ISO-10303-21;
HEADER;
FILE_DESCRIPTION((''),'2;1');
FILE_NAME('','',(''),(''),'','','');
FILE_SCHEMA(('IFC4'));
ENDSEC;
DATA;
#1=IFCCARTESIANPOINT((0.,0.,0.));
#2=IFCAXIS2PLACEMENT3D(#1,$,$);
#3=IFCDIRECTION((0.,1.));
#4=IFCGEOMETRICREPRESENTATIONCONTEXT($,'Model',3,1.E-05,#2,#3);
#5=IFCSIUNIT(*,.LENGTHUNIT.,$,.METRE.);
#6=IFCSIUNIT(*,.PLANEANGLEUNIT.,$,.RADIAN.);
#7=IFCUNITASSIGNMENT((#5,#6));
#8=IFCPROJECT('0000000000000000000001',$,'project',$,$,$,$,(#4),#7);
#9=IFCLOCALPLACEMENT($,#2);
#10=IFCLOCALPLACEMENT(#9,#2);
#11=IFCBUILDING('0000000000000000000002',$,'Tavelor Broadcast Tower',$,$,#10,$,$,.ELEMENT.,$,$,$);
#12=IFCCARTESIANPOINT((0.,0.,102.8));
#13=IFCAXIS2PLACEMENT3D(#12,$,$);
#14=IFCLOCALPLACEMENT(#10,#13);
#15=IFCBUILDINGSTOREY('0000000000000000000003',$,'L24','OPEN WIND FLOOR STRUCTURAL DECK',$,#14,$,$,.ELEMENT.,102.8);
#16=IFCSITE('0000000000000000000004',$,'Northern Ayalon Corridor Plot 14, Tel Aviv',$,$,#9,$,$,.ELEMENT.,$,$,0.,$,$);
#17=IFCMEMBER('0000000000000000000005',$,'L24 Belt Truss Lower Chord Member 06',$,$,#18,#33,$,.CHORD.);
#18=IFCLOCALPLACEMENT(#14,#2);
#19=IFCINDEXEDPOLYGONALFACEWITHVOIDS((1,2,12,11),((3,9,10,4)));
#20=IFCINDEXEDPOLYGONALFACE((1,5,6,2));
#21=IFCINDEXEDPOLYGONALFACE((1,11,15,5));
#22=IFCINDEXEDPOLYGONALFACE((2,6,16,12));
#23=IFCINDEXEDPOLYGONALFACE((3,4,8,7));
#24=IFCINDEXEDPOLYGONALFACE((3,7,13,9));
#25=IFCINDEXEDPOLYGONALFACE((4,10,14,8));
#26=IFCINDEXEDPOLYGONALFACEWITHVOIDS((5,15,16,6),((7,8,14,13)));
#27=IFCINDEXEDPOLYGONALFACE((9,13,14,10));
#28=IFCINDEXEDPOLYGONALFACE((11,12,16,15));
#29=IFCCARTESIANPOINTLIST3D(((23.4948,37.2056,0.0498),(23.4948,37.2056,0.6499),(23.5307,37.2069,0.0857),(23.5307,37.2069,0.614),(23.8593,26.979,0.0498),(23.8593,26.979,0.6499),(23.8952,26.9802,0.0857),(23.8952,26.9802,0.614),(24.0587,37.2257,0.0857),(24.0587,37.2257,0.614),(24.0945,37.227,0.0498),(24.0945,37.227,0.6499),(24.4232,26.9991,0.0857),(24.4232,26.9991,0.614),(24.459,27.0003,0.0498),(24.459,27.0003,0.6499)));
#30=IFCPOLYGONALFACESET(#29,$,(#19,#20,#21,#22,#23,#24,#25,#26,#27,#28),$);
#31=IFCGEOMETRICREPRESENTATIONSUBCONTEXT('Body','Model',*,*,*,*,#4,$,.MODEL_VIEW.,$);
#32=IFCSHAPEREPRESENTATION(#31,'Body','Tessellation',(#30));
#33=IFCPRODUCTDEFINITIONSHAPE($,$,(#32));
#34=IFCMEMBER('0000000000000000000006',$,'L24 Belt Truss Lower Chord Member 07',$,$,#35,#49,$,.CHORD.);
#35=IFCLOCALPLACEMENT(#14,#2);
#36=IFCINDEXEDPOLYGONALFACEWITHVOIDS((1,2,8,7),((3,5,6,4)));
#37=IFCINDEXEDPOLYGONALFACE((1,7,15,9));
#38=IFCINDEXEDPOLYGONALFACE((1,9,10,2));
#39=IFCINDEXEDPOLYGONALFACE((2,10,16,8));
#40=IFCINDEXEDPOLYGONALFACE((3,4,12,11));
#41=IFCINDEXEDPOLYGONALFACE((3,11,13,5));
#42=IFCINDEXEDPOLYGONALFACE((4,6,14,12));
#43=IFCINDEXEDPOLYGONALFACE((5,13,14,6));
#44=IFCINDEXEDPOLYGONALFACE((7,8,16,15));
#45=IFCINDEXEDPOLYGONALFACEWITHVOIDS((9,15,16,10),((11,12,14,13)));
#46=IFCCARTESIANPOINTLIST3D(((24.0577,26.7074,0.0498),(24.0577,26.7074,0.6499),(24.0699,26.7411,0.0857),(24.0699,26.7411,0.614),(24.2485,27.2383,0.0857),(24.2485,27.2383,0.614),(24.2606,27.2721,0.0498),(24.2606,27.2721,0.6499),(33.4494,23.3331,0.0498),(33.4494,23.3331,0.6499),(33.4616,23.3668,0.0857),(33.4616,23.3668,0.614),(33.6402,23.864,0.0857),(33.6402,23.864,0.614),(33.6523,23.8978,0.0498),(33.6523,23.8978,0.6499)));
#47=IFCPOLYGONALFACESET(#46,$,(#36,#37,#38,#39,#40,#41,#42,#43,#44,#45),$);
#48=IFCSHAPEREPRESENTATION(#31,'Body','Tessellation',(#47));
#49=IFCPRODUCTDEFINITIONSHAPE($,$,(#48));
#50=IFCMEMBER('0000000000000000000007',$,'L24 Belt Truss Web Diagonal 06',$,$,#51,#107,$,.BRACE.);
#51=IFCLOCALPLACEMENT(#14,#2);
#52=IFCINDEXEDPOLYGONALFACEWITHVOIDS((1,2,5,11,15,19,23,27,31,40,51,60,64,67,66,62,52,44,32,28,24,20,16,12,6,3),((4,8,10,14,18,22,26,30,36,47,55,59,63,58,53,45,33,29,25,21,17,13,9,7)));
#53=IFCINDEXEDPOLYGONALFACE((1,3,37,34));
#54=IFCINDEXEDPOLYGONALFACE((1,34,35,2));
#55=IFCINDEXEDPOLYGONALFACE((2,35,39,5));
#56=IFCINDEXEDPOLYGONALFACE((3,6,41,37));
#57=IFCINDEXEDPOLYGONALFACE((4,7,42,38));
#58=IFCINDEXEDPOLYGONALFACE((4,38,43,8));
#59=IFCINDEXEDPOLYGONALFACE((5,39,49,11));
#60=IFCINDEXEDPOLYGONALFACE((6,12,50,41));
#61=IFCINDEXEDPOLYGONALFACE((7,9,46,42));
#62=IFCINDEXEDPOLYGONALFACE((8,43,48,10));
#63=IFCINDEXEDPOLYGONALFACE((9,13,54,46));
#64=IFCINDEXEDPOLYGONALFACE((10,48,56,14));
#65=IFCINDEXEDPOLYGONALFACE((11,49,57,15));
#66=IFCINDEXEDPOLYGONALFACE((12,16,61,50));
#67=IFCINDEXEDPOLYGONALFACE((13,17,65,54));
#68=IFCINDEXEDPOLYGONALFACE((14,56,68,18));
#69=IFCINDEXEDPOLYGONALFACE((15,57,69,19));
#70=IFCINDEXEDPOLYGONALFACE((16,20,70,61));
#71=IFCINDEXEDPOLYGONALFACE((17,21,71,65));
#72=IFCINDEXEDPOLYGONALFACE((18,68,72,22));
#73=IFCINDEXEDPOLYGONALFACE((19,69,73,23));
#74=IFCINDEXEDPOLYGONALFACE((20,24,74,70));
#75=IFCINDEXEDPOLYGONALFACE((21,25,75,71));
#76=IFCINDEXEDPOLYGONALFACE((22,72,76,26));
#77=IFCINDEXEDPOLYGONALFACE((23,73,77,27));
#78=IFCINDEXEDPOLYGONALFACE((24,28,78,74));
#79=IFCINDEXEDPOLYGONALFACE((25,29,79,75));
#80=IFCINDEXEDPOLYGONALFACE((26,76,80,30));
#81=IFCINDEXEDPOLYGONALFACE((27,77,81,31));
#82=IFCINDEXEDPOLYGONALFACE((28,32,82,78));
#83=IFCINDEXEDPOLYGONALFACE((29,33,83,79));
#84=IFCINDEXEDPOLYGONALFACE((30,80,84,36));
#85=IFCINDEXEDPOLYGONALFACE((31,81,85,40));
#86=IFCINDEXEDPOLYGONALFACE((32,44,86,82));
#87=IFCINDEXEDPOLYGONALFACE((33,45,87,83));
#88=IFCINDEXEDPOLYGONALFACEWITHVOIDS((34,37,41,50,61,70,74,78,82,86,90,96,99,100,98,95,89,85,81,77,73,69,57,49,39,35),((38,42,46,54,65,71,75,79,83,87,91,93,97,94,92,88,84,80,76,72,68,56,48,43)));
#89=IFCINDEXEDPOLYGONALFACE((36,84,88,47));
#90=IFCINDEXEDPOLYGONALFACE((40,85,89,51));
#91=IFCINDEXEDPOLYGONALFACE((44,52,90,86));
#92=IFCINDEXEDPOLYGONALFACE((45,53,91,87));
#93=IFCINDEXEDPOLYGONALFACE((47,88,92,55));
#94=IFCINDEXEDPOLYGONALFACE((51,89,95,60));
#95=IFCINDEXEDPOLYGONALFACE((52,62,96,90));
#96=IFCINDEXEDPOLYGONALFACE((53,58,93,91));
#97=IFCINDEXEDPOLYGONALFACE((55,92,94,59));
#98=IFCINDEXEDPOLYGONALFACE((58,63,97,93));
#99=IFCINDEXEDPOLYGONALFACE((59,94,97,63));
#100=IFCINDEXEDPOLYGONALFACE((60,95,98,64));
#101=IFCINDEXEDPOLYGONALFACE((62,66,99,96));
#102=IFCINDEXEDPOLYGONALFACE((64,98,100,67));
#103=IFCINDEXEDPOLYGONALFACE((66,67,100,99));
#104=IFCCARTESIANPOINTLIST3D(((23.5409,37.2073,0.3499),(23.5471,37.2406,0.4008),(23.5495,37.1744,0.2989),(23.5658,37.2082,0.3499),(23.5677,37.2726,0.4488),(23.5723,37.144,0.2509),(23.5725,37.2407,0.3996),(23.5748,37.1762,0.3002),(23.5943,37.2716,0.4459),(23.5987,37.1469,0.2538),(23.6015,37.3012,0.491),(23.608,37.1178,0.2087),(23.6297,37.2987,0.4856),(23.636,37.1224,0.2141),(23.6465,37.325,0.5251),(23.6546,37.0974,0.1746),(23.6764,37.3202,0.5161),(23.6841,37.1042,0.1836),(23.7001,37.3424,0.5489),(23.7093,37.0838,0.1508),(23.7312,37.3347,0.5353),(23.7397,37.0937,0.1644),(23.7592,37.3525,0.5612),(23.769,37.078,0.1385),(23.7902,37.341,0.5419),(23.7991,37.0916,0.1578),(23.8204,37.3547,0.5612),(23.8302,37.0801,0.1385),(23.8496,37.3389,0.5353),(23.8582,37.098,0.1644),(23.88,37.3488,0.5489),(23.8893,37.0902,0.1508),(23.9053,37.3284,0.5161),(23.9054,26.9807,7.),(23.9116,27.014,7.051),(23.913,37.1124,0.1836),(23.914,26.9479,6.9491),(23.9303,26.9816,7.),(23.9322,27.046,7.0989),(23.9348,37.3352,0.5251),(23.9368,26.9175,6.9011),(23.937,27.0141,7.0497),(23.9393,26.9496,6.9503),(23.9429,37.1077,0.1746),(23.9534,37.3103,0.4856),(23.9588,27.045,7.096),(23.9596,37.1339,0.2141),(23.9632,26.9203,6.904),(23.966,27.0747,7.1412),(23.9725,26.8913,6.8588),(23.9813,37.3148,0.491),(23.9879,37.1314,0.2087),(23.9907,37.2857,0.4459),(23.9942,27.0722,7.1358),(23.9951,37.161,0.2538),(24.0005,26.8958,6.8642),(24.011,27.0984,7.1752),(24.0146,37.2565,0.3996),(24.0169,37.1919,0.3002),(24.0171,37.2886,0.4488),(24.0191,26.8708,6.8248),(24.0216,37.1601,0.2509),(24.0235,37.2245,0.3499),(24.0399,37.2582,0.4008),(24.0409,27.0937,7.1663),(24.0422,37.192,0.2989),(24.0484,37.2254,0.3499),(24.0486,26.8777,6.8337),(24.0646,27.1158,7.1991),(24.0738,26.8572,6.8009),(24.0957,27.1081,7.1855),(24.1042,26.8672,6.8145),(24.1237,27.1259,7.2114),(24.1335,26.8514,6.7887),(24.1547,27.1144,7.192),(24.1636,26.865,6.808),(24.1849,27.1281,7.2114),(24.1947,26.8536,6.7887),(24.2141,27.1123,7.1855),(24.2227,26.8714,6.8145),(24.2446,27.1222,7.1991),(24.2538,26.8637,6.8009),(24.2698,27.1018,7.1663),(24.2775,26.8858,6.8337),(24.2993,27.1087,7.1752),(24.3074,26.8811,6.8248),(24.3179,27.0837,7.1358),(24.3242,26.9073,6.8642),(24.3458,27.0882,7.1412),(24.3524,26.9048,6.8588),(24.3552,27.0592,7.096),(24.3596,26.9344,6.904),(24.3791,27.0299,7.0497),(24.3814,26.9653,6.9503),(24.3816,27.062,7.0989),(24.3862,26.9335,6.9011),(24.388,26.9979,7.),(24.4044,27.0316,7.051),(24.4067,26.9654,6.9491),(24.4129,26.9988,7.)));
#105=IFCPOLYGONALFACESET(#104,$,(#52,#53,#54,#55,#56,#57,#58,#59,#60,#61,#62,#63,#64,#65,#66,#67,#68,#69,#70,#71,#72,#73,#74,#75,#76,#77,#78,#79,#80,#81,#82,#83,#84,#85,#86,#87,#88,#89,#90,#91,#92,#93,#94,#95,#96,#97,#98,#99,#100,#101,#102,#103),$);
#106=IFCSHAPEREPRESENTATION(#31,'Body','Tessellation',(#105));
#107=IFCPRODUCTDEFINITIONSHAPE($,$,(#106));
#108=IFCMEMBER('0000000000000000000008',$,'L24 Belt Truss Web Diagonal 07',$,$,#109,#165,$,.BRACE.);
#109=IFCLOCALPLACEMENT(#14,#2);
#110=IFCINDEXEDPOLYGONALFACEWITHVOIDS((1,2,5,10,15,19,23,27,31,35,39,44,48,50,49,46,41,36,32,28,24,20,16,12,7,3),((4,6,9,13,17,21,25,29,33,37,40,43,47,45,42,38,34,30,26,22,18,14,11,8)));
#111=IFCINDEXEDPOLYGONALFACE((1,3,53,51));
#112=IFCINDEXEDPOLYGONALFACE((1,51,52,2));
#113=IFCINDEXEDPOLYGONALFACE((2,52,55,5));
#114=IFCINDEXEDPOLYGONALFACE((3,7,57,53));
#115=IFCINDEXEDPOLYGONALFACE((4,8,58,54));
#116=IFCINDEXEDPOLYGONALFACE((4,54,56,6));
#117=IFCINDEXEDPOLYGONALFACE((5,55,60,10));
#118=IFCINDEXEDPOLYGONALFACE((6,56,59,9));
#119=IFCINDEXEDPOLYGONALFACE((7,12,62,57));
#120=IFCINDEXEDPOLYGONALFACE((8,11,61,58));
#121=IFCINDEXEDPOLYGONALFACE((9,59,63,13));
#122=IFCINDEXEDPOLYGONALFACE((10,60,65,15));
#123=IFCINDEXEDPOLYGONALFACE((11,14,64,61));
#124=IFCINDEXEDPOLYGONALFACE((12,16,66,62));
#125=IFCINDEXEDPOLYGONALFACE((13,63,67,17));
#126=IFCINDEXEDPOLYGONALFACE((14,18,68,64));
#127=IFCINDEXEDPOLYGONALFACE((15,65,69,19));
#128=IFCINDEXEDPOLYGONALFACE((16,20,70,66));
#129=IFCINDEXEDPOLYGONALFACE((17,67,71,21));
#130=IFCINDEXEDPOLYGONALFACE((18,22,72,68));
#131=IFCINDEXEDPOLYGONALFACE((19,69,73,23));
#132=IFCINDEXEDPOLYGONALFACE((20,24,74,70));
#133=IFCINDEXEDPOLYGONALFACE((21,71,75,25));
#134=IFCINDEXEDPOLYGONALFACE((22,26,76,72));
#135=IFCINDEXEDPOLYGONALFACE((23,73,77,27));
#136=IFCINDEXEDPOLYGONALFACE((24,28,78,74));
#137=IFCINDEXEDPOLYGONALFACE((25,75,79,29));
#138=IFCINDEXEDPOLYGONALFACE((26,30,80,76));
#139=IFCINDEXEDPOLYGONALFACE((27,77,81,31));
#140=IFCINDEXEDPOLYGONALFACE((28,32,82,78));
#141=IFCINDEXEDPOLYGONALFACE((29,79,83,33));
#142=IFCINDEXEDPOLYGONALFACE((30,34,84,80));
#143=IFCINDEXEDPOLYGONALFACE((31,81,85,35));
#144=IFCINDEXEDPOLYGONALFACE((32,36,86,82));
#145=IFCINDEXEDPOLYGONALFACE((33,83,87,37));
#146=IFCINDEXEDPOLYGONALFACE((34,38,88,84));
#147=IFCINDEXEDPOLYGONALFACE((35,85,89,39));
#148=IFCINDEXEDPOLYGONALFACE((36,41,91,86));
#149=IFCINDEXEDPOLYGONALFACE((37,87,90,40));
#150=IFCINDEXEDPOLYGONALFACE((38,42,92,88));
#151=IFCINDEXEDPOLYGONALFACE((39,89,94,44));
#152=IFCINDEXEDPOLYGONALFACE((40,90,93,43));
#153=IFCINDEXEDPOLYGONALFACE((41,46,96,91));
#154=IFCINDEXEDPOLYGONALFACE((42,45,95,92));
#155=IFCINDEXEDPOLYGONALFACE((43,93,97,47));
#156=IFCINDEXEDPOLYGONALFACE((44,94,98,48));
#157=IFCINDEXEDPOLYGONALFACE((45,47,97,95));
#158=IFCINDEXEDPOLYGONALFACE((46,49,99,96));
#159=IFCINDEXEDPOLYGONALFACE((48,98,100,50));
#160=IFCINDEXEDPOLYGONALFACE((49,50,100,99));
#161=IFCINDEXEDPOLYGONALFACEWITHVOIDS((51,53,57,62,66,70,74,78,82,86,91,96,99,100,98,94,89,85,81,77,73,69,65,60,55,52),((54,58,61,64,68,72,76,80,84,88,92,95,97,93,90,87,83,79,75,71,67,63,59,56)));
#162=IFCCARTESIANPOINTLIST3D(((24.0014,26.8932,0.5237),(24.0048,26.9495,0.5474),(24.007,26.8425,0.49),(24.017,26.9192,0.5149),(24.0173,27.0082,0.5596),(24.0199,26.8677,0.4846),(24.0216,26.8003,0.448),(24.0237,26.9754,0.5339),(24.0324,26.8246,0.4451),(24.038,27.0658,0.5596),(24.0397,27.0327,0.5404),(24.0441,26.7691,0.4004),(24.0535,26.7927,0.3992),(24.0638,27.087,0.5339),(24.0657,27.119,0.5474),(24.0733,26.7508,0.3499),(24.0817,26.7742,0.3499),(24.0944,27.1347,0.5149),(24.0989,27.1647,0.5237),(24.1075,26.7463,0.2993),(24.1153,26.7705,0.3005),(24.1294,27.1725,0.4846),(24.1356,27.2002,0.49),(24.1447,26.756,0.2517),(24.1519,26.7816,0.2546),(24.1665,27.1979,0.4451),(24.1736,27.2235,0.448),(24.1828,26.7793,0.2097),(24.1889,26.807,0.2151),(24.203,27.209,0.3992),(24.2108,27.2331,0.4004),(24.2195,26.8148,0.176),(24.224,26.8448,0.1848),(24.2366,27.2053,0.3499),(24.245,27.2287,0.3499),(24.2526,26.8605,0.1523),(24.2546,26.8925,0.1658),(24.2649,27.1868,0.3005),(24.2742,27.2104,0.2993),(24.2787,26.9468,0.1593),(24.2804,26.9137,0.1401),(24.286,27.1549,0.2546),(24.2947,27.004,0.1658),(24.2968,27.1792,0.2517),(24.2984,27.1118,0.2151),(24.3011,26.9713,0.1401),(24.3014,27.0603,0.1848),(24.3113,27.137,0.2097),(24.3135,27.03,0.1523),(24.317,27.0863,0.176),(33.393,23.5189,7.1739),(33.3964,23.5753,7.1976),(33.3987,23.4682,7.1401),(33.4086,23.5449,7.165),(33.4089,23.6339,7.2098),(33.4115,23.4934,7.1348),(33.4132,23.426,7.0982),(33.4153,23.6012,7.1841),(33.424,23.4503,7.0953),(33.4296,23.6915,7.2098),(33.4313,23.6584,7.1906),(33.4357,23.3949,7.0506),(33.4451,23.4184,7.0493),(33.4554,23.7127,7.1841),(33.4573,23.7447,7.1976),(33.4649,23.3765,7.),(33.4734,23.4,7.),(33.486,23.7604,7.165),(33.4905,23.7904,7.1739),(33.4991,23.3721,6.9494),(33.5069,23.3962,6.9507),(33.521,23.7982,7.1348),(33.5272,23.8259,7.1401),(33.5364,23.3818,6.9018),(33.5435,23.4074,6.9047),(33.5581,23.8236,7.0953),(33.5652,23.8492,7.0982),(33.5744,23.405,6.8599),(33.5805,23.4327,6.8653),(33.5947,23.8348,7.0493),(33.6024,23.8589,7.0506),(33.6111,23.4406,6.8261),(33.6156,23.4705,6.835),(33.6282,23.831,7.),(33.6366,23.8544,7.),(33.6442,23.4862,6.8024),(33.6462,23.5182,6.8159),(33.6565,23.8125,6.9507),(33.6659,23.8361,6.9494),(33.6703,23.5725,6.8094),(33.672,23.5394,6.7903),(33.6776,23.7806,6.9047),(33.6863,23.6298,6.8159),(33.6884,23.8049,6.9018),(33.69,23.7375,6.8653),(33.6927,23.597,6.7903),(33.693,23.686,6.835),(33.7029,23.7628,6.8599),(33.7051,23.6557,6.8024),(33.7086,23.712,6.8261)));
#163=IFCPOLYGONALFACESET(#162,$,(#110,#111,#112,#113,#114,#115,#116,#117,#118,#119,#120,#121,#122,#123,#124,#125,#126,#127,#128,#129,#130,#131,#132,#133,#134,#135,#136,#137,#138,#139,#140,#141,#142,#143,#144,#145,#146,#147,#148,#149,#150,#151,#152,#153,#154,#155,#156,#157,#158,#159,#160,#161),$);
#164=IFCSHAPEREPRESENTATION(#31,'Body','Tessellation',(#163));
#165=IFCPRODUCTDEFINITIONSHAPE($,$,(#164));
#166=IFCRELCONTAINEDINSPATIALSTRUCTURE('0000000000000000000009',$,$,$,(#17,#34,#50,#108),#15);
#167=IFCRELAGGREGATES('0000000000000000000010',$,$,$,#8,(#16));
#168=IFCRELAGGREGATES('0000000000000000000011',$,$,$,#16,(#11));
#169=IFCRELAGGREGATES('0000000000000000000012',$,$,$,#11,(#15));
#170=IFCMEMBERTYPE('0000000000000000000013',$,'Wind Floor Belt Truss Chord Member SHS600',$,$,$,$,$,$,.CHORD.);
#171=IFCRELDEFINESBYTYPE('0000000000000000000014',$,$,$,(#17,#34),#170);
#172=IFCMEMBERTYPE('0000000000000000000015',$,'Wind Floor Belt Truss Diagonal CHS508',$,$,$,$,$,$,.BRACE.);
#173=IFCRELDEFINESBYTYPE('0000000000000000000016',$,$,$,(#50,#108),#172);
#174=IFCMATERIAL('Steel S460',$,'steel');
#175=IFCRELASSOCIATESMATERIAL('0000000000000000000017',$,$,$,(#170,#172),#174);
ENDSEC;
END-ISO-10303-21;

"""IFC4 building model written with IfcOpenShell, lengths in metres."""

from ifc_helpers import new_model, si_unit, direction, frame, origin, origin_2d, place, context, subcontext, project, spatial, hollow_rectangle, hollow_circle, extrude, material, material_profile, profile_set, type_object, element, save


model = new_model("IFC4")

# Units and contexts
model_context = context("Model", 3, precision=1e-05, world=origin(), true_north=direction((0.0, 1.0)))
body_context = subcontext(model_context, "Body", "Model", "MODEL_VIEW")
ifc_project = project(units=[si_unit("LENGTHUNIT", "METRE"), si_unit("PLANEANGLEUNIT", "RADIAN")], contexts=[model_context])

# Site, building, storey
site_placement = place(None, origin())
site = spatial("IfcSite", under=ifc_project, at=site_placement, Name="Northern Ayalon Corridor Plot 14, Tel Aviv", CompositionType="ELEMENT", RefElevation=0.0)
building_placement = place(site_placement, origin())
building = spatial("IfcBuilding", under=site, at=building_placement, Name="Tavelor Broadcast Tower", CompositionType="ELEMENT")
storey_placement = place(building_placement, frame((0.0, 0.0, 102.8)))
storey = spatial("IfcBuildingStorey", under=building, at=storey_placement, Name="L24", Description="OPEN WIND FLOOR STRUCTURAL DECK", CompositionType="ELEMENT", Elevation=102.8)

# Shared definitions
ifc_material_1 = material(Name="Steel S460", Category="steel")

# Members
ifc_material_profile_1 = material_profile(ifc_material_1, hollow_rectangle(XDim=0.6001, YDim=0.6001, WallThickness=0.0359, at=origin_2d()), Name="SHS 600x600x36")
ifc_profile_set_1 = profile_set([ifc_material_profile_1], Name="Steel S460")
member_type_1 = type_object("IfcMemberType", Name="Wind Floor Belt Truss Chord Member SHS600", PredefinedType="CHORD", material=ifc_profile_set_1)
member_1_placement = place(storey_placement, frame((23.7947, 37.2163, 0.3499), z_axis=(0.03562, -0.999365, 0.0), x_axis=(0.999365, 0.03562, 0.0)))
element("IfcMember", 1, at=member_1_placement, inside=storey, type_object=member_type_1, Name="L24 Belt Truss Lower Chord Member 06", PredefinedType="CHORD", context=body_context, shape_type="SweptSolid", body=[
    extrude(hollow_rectangle(XDim=0.6001, YDim=0.6001, WallThickness=0.0359, at=origin_2d()), origin(), (0.0, 0.0, 1.0), 10.2332),
])
member_2_placement = place(storey_placement, frame((24.1592, 26.9897, 0.3499), z_axis=(0.941101, -0.338124, 0.0), x_axis=(0.338124, 0.941101, 0.0)))
element("IfcMember", 2, at=member_2_placement, inside=storey, type_object=member_type_1, Name="L24 Belt Truss Lower Chord Member 07", PredefinedType="CHORD", context=body_context, shape_type="SweptSolid", body=[
    extrude(hollow_rectangle(XDim=0.6001, YDim=0.6001, WallThickness=0.0359, at=origin_2d()), origin(), (0.0, 0.0, 1.0), 9.9795),
])
ifc_material_profile_2 = material_profile(ifc_material_1, hollow_circle(Radius=0.2539, WallThickness=0.0249, at=origin_2d()), Name="CHS 508x25")
ifc_profile_set_2 = profile_set([ifc_material_profile_2], Name="Steel S460")
member_type_2 = type_object("IfcMemberType", Name="Wind Floor Belt Truss Diagonal CHS508", PredefinedType="BRACE", material=ifc_profile_set_2)
member_3_placement = place(storey_placement, frame((23.7947, 37.2163, 0.3499), z_axis=(0.029867, -0.837962, 0.544911), x_axis=(0.999365, 0.03562, 0.0)))
element("IfcMember", 3, at=member_3_placement, inside=storey, type_object=member_type_2, Name="L24 Belt Truss Web Diagonal 06", PredefinedType="BRACE", context=body_context, shape_type="SweptSolid", body=[
    extrude(hollow_circle(Radius=0.2539, WallThickness=0.0249, at=origin_2d()), origin(), (0.0, 0.0, 1.0), 12.2041),
])
member_4_placement = place(storey_placement, frame((24.1592, 26.9897, 0.3499), z_axis=(0.783144, -0.281372, 0.55454), x_axis=(0.338124, 0.941101, 0.0)))
element("IfcMember", 4, at=member_4_placement, inside=storey, type_object=member_type_2, Name="L24 Belt Truss Web Diagonal 07", PredefinedType="BRACE", context=body_context, shape_type="SweptSolid", body=[
    extrude(hollow_circle(Radius=0.2539, WallThickness=0.0249, at=origin_2d()), origin(), (0.0, 0.0, 1.0), 11.9922),
])

save(model, "model.ifc")
